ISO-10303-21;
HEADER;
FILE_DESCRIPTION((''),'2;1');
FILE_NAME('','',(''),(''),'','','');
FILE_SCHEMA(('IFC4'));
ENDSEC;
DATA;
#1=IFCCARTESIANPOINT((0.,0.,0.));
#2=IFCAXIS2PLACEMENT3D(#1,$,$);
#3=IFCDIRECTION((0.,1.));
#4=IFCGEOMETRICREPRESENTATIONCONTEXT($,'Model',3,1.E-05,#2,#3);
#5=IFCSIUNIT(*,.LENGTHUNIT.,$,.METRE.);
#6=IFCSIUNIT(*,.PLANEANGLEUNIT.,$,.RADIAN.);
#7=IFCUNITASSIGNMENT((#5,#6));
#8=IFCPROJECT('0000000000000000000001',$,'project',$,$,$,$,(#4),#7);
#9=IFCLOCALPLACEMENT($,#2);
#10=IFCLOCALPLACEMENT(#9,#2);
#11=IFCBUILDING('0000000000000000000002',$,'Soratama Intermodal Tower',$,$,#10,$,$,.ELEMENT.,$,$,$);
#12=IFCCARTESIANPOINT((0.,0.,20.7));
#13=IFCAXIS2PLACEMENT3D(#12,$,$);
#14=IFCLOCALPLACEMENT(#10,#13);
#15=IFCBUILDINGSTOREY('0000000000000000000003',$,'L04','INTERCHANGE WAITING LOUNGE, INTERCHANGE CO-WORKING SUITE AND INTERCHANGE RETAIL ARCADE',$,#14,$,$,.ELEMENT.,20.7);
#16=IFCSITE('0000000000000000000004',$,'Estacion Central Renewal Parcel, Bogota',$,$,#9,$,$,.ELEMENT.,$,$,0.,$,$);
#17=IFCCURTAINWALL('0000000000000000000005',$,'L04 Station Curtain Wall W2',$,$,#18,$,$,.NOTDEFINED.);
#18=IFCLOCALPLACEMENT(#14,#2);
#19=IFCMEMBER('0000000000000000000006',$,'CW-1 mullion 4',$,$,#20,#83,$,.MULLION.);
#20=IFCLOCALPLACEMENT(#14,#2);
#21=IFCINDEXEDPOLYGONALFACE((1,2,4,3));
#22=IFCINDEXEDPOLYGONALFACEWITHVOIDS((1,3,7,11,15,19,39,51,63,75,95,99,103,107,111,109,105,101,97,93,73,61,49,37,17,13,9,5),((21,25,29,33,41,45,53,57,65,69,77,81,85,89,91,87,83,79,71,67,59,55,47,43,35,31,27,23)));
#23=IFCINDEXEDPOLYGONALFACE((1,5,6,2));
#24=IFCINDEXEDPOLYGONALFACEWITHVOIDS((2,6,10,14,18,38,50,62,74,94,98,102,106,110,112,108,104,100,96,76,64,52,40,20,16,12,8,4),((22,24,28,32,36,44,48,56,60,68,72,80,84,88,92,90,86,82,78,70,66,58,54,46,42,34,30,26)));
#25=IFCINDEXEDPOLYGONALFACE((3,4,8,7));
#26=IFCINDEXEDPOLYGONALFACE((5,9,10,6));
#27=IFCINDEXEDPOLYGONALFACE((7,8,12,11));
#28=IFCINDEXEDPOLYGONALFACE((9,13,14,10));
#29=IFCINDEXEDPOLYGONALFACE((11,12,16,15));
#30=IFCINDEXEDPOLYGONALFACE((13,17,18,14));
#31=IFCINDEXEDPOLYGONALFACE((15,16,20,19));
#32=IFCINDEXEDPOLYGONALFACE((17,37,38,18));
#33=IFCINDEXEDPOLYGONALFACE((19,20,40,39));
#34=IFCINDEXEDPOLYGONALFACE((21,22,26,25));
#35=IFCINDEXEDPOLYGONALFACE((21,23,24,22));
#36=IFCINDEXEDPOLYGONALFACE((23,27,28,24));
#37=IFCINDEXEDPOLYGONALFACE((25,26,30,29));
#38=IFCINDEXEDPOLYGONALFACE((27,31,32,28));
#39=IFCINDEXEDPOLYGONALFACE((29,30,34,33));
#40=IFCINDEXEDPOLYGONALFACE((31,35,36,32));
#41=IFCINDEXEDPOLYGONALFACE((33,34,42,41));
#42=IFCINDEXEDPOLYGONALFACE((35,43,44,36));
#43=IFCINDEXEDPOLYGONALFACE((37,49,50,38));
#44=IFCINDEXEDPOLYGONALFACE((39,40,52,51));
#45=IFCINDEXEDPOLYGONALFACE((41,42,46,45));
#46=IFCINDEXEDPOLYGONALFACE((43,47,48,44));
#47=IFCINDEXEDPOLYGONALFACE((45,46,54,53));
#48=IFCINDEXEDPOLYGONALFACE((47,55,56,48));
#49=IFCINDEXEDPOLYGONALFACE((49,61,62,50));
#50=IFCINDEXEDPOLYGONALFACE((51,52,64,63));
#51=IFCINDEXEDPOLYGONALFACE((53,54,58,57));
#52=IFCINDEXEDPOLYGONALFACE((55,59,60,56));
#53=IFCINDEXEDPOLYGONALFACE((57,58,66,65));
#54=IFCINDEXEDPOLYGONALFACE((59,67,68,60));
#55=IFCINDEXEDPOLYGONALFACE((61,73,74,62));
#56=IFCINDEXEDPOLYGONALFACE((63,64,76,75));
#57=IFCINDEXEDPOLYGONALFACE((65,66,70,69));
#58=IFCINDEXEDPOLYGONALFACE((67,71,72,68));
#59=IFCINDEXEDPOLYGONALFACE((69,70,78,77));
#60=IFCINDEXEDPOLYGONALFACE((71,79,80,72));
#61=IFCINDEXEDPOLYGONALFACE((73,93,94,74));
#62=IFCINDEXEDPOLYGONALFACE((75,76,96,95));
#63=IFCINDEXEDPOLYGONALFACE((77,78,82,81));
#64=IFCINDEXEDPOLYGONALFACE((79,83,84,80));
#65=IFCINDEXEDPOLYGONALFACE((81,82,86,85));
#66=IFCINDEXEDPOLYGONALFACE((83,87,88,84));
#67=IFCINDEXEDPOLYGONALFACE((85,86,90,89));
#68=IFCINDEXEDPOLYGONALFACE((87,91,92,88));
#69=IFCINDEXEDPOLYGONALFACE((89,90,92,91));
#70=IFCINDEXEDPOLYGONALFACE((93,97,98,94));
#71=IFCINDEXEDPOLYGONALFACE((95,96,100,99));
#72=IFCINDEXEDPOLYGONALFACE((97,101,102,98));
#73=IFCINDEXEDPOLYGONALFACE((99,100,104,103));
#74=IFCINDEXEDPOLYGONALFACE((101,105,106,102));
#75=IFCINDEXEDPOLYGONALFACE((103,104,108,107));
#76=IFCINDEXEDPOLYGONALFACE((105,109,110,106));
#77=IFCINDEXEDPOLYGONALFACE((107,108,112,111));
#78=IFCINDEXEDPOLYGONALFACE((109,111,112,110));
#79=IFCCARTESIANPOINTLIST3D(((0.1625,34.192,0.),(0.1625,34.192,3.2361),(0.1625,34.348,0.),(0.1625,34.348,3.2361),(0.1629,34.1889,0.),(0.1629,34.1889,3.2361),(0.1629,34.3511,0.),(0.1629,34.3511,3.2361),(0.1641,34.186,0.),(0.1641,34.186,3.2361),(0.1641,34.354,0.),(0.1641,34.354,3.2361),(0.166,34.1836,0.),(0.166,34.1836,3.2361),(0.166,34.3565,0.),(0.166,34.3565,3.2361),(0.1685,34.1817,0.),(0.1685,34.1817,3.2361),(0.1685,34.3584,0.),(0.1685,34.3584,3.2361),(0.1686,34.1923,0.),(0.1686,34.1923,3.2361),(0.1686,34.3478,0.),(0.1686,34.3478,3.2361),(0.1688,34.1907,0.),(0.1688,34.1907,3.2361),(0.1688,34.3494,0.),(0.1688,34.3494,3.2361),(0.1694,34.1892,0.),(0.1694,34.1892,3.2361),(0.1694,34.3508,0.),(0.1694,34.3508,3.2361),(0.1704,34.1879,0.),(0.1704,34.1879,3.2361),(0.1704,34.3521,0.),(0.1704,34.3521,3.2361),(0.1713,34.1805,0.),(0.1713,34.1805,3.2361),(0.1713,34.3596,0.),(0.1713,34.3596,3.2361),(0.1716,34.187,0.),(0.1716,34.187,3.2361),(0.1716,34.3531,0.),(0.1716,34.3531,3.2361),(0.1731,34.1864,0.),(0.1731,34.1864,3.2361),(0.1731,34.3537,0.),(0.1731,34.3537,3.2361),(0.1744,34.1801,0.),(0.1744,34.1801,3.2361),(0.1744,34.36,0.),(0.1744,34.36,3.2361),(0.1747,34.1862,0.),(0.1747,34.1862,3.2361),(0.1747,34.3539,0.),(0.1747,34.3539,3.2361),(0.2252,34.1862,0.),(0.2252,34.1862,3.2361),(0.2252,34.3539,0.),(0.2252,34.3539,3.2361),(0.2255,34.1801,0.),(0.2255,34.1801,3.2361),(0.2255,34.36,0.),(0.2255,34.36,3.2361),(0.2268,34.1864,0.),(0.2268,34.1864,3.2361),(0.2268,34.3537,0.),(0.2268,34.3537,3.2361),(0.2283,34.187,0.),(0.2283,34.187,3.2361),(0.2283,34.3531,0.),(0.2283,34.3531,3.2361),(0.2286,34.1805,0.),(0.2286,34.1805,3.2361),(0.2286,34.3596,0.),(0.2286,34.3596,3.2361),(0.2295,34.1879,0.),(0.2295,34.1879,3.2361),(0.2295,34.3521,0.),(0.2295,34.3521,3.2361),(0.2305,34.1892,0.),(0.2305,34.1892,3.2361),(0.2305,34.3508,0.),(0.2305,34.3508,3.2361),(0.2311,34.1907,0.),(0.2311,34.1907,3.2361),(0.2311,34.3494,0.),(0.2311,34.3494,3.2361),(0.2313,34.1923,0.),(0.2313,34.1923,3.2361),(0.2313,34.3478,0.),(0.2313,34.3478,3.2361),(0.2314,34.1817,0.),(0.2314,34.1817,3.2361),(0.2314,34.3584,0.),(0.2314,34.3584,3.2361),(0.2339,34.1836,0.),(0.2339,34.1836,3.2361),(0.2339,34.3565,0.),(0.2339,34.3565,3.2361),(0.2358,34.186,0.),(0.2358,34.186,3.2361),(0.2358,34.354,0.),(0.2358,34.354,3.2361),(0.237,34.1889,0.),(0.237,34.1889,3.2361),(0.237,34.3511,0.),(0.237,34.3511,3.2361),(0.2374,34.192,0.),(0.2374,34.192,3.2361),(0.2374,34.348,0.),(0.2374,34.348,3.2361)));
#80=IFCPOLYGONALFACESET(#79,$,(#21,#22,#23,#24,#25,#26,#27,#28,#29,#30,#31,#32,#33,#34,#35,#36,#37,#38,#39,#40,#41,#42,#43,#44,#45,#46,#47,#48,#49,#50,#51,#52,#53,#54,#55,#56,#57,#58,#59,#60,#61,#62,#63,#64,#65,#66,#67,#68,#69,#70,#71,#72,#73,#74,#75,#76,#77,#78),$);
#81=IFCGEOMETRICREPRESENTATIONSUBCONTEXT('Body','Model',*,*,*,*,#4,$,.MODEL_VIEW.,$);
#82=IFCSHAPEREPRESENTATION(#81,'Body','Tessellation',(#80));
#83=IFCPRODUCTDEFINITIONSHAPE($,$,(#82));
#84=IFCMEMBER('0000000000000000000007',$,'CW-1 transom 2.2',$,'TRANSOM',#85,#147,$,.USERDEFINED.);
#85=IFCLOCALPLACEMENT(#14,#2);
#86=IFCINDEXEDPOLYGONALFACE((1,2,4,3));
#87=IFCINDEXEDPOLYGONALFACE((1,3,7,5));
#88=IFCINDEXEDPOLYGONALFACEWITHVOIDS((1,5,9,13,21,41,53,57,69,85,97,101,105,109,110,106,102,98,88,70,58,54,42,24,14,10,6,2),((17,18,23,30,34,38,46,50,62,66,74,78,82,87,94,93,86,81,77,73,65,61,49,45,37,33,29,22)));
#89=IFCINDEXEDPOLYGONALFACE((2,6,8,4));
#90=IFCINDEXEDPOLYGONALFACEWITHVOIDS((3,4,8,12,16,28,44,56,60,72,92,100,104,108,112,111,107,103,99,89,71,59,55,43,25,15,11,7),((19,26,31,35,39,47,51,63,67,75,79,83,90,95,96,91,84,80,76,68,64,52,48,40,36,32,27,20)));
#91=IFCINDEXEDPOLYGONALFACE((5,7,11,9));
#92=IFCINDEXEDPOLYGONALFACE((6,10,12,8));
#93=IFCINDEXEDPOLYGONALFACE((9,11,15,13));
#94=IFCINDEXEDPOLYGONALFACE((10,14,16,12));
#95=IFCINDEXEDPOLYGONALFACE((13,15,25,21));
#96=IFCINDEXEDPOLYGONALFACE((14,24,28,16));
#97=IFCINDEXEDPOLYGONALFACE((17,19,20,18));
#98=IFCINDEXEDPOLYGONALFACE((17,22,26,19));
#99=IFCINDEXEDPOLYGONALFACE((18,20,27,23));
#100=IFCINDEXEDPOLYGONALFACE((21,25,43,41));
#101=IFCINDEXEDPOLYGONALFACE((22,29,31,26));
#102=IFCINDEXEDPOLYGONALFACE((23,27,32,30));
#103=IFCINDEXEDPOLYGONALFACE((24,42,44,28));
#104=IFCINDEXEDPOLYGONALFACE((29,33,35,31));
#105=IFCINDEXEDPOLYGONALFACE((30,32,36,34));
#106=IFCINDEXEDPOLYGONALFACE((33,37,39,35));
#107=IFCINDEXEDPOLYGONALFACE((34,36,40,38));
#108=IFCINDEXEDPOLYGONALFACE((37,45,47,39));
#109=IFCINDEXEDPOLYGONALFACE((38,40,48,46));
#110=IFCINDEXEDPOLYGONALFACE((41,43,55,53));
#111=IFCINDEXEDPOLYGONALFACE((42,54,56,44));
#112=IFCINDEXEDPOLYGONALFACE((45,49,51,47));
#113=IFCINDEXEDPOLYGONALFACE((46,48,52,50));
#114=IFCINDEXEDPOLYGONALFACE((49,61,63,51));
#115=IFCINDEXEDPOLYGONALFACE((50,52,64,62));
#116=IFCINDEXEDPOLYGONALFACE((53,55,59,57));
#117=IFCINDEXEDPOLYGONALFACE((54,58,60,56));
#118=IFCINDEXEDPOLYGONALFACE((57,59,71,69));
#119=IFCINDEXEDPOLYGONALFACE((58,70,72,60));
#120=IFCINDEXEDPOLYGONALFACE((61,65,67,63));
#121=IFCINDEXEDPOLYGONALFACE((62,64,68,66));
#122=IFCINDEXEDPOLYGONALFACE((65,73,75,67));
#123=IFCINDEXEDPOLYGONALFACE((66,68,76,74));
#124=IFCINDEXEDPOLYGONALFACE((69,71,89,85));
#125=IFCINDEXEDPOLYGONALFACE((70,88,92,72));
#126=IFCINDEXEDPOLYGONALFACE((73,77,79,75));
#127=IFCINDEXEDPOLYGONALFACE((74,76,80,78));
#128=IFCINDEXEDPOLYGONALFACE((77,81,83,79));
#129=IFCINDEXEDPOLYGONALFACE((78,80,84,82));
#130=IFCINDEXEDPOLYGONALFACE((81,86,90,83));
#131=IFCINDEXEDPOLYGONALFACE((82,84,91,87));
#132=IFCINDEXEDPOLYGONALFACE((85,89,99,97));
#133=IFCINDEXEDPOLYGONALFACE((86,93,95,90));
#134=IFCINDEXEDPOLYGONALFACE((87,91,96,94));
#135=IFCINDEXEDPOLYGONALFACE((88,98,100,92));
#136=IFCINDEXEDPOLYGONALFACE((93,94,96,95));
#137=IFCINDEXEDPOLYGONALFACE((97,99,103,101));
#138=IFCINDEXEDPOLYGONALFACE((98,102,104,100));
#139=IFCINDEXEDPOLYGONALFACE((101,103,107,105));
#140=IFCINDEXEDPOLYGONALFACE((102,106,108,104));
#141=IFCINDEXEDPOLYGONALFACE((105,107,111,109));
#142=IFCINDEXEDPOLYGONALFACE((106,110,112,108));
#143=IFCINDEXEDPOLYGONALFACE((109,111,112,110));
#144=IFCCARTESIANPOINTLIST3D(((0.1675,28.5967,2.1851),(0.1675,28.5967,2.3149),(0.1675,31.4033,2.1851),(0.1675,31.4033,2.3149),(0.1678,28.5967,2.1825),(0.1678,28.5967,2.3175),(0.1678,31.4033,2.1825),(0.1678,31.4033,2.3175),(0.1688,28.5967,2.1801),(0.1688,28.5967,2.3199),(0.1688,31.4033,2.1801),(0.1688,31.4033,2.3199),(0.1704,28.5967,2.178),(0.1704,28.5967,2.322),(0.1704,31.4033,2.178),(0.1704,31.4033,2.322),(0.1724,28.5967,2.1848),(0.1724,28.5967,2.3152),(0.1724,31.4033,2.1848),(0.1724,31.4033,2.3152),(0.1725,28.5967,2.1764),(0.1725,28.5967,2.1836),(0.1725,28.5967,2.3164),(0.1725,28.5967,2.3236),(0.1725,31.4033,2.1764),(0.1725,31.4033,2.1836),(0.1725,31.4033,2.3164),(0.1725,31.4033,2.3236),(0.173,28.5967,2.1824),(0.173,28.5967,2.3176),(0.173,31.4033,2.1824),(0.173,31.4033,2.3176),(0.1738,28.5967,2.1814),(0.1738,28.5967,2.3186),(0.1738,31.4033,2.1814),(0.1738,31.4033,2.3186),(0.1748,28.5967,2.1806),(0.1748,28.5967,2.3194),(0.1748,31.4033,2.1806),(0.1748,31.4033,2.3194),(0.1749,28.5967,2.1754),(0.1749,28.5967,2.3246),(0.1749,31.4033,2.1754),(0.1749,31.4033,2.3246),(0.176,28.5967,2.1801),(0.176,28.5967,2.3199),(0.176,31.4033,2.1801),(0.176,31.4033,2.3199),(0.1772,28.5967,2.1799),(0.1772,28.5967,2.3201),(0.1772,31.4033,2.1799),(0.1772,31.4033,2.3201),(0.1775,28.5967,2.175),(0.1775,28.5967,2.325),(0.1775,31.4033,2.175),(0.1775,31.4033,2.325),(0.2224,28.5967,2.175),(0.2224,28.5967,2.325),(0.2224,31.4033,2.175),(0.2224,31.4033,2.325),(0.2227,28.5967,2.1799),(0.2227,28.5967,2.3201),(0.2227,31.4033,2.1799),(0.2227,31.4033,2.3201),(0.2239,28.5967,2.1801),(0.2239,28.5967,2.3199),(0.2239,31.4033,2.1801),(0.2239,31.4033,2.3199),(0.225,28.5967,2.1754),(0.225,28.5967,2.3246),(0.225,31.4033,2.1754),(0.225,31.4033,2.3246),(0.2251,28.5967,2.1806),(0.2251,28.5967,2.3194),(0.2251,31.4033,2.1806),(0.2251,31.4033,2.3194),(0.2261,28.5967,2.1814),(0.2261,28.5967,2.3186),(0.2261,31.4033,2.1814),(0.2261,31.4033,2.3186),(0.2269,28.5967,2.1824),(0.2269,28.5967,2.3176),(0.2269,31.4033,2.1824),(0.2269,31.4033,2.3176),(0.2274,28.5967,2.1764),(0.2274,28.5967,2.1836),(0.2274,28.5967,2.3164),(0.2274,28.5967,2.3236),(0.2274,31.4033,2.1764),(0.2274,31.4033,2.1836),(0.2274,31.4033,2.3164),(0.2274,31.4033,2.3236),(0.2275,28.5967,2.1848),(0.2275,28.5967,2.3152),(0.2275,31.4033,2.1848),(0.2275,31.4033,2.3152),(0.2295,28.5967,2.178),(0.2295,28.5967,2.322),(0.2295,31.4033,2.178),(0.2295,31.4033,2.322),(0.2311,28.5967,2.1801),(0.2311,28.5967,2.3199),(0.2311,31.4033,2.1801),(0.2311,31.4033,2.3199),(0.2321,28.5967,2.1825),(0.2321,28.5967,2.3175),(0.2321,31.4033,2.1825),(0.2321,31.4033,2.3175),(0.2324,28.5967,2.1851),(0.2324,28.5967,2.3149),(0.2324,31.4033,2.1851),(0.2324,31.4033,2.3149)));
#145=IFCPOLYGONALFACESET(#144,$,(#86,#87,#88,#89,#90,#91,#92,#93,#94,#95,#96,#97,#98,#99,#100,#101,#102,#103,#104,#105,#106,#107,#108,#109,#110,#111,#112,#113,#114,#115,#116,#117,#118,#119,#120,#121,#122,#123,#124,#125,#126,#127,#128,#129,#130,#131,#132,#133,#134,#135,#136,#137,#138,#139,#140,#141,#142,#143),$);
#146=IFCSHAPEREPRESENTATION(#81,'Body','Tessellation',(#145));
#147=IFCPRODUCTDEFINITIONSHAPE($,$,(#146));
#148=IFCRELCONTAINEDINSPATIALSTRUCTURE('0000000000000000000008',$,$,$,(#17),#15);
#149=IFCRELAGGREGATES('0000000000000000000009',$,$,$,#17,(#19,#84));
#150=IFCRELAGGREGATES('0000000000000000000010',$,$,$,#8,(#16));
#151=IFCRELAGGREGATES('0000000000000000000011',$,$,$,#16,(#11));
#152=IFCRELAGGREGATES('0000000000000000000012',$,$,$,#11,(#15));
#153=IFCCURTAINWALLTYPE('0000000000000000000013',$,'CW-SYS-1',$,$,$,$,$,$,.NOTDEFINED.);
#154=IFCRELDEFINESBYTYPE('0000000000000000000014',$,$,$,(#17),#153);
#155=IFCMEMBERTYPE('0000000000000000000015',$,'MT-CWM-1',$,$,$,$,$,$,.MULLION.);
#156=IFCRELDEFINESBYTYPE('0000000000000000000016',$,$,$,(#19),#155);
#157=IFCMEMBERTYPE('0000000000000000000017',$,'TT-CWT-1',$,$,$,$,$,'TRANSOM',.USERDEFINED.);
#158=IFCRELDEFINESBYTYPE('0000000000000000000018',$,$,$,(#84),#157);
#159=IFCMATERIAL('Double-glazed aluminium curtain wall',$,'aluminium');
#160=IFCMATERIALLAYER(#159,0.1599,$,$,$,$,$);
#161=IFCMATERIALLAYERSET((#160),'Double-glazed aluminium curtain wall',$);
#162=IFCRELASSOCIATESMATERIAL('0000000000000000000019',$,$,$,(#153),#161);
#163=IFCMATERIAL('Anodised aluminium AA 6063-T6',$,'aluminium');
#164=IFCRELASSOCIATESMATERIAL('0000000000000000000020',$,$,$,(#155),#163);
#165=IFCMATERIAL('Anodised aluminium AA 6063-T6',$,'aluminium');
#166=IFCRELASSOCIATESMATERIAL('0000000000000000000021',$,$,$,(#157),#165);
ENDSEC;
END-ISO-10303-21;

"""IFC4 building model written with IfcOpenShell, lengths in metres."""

from ifc_helpers import new_model, si_unit, direction, frame, origin, origin_2d, place, context, subcontext, project, spatial, hollow_rectangle, extrude, material, layer, layer_set, material_profile, profile_set, type_object, element, aggregate, save


model = new_model("IFC4")

# Units and contexts
model_context = context("Model", 3, precision=1e-05, world=origin(), true_north=direction((0.0, 1.0)))
body_context = subcontext(model_context, "Body", "Model", "MODEL_VIEW")
ifc_project = project(units=[si_unit("LENGTHUNIT", "METRE"), si_unit("PLANEANGLEUNIT", "RADIAN")], contexts=[model_context])

# Site, building, storey
site_placement = place(None, origin())
site = spatial("IfcSite", under=ifc_project, at=site_placement, Name="Estacion Central Renewal Parcel, Bogota", CompositionType="ELEMENT", RefElevation=0.0)
building_placement = place(site_placement, origin())
building = spatial("IfcBuilding", under=site, at=building_placement, Name="Soratama Intermodal Tower", CompositionType="ELEMENT")
storey_placement = place(building_placement, frame((0.0, 0.0, 20.7)))
storey = spatial("IfcBuildingStorey", under=building, at=storey_placement, Name="L04", Description="INTERCHANGE WAITING LOUNGE, INTERCHANGE CO-WORKING SUITE AND INTERCHANGE RETAIL ARCADE", CompositionType="ELEMENT", Elevation=20.7)

# Curtain wall, members
ifc_material_1 = material(Name="Double-glazed aluminium curtain wall", Category="aluminium")
ifc_layer_1 = layer(ifc_material_1, 0.1599)
ifc_layer_set_1 = layer_set([ifc_layer_1], Name="Double-glazed aluminium curtain wall")
curtain_wall_type = type_object("IfcCurtainWallType", Name="CW-SYS-1", PredefinedType="NOTDEFINED", material=ifc_layer_set_1)
curtain_wall_placement = place(storey_placement, origin())
curtain_wall = element("IfcCurtainWall", 1, at=curtain_wall_placement, inside=storey, type_object=curtain_wall_type, Name="L04 Station Curtain Wall W2", PredefinedType="NOTDEFINED")
ifc_material_2 = material(Name="Anodised aluminium AA 6063-T6", Category="aluminium")
ifc_material_profile_1 = material_profile(ifc_material_2, hollow_rectangle(XDim=0.075, YDim=0.1799, WallThickness=0.0061, InnerFilletRadius=0.0061, OuterFilletRadius=0.012, at=origin_2d()), Name="CWM180X75X6")
ifc_profile_set_1 = profile_set([ifc_material_profile_1], Name="Anodised aluminium AA 6063-T6")
member_type_1 = type_object("IfcMemberType", Name="MT-CWM-1", PredefinedType="MULLION", material=ifc_profile_set_1)
member_1_placement = place(storey_placement, frame((0.2, 34.27, 0.0), z_axis=(0.0, 0.0, 1.0), x_axis=(-1.0, 0.0, 0.0)))
member_1 = element("IfcMember", 2, at=member_1_placement, type_object=member_type_1, Name="CW-1 mullion 4", PredefinedType="MULLION", context=body_context, shape_type="SweptSolid", body=[
    extrude(hollow_rectangle(XDim=0.075, YDim=0.1799, WallThickness=0.0061, InnerFilletRadius=0.0061, OuterFilletRadius=0.012, at=origin_2d()), origin(), (0.0, 0.0, 1.0), 3.2361),
])
ifc_material_3 = material(Name="Anodised aluminium AA 6063-T6", Category="aluminium")
ifc_material_profile_2 = material_profile(ifc_material_3, hollow_rectangle(XDim=0.0649, YDim=0.1499, WallThickness=0.0049, InnerFilletRadius=0.0049, OuterFilletRadius=0.01, at=origin_2d()), Name="CWT150X65X5")
ifc_profile_set_2 = profile_set([ifc_material_profile_2], Name="Anodised aluminium AA 6063-T6")
member_type_2 = type_object("IfcMemberType", Name="TT-CWT-1", ElementType="TRANSOM", PredefinedType="USERDEFINED", material=ifc_profile_set_2)
member_2_placement = place(storey_placement, frame((0.2, 28.5967, 2.25), z_axis=(0.0, 1.0, 0.0), x_axis=(-1.0, 0.0, 0.0)))
member_2 = element("IfcMember", 3, at=member_2_placement, type_object=member_type_2, Name="CW-1 transom 2.2", ObjectType="TRANSOM", PredefinedType="USERDEFINED", context=body_context, shape_type="SweptSolid", body=[
    extrude(hollow_rectangle(XDim=0.0649, YDim=0.1499, WallThickness=0.0049, InnerFilletRadius=0.0049, OuterFilletRadius=0.01, at=origin_2d()), origin(), (0.0, 0.0, 1.0), 2.8066),
])
aggregate(curtain_wall, [member_1, member_2])

save(model, "model.ifc")
